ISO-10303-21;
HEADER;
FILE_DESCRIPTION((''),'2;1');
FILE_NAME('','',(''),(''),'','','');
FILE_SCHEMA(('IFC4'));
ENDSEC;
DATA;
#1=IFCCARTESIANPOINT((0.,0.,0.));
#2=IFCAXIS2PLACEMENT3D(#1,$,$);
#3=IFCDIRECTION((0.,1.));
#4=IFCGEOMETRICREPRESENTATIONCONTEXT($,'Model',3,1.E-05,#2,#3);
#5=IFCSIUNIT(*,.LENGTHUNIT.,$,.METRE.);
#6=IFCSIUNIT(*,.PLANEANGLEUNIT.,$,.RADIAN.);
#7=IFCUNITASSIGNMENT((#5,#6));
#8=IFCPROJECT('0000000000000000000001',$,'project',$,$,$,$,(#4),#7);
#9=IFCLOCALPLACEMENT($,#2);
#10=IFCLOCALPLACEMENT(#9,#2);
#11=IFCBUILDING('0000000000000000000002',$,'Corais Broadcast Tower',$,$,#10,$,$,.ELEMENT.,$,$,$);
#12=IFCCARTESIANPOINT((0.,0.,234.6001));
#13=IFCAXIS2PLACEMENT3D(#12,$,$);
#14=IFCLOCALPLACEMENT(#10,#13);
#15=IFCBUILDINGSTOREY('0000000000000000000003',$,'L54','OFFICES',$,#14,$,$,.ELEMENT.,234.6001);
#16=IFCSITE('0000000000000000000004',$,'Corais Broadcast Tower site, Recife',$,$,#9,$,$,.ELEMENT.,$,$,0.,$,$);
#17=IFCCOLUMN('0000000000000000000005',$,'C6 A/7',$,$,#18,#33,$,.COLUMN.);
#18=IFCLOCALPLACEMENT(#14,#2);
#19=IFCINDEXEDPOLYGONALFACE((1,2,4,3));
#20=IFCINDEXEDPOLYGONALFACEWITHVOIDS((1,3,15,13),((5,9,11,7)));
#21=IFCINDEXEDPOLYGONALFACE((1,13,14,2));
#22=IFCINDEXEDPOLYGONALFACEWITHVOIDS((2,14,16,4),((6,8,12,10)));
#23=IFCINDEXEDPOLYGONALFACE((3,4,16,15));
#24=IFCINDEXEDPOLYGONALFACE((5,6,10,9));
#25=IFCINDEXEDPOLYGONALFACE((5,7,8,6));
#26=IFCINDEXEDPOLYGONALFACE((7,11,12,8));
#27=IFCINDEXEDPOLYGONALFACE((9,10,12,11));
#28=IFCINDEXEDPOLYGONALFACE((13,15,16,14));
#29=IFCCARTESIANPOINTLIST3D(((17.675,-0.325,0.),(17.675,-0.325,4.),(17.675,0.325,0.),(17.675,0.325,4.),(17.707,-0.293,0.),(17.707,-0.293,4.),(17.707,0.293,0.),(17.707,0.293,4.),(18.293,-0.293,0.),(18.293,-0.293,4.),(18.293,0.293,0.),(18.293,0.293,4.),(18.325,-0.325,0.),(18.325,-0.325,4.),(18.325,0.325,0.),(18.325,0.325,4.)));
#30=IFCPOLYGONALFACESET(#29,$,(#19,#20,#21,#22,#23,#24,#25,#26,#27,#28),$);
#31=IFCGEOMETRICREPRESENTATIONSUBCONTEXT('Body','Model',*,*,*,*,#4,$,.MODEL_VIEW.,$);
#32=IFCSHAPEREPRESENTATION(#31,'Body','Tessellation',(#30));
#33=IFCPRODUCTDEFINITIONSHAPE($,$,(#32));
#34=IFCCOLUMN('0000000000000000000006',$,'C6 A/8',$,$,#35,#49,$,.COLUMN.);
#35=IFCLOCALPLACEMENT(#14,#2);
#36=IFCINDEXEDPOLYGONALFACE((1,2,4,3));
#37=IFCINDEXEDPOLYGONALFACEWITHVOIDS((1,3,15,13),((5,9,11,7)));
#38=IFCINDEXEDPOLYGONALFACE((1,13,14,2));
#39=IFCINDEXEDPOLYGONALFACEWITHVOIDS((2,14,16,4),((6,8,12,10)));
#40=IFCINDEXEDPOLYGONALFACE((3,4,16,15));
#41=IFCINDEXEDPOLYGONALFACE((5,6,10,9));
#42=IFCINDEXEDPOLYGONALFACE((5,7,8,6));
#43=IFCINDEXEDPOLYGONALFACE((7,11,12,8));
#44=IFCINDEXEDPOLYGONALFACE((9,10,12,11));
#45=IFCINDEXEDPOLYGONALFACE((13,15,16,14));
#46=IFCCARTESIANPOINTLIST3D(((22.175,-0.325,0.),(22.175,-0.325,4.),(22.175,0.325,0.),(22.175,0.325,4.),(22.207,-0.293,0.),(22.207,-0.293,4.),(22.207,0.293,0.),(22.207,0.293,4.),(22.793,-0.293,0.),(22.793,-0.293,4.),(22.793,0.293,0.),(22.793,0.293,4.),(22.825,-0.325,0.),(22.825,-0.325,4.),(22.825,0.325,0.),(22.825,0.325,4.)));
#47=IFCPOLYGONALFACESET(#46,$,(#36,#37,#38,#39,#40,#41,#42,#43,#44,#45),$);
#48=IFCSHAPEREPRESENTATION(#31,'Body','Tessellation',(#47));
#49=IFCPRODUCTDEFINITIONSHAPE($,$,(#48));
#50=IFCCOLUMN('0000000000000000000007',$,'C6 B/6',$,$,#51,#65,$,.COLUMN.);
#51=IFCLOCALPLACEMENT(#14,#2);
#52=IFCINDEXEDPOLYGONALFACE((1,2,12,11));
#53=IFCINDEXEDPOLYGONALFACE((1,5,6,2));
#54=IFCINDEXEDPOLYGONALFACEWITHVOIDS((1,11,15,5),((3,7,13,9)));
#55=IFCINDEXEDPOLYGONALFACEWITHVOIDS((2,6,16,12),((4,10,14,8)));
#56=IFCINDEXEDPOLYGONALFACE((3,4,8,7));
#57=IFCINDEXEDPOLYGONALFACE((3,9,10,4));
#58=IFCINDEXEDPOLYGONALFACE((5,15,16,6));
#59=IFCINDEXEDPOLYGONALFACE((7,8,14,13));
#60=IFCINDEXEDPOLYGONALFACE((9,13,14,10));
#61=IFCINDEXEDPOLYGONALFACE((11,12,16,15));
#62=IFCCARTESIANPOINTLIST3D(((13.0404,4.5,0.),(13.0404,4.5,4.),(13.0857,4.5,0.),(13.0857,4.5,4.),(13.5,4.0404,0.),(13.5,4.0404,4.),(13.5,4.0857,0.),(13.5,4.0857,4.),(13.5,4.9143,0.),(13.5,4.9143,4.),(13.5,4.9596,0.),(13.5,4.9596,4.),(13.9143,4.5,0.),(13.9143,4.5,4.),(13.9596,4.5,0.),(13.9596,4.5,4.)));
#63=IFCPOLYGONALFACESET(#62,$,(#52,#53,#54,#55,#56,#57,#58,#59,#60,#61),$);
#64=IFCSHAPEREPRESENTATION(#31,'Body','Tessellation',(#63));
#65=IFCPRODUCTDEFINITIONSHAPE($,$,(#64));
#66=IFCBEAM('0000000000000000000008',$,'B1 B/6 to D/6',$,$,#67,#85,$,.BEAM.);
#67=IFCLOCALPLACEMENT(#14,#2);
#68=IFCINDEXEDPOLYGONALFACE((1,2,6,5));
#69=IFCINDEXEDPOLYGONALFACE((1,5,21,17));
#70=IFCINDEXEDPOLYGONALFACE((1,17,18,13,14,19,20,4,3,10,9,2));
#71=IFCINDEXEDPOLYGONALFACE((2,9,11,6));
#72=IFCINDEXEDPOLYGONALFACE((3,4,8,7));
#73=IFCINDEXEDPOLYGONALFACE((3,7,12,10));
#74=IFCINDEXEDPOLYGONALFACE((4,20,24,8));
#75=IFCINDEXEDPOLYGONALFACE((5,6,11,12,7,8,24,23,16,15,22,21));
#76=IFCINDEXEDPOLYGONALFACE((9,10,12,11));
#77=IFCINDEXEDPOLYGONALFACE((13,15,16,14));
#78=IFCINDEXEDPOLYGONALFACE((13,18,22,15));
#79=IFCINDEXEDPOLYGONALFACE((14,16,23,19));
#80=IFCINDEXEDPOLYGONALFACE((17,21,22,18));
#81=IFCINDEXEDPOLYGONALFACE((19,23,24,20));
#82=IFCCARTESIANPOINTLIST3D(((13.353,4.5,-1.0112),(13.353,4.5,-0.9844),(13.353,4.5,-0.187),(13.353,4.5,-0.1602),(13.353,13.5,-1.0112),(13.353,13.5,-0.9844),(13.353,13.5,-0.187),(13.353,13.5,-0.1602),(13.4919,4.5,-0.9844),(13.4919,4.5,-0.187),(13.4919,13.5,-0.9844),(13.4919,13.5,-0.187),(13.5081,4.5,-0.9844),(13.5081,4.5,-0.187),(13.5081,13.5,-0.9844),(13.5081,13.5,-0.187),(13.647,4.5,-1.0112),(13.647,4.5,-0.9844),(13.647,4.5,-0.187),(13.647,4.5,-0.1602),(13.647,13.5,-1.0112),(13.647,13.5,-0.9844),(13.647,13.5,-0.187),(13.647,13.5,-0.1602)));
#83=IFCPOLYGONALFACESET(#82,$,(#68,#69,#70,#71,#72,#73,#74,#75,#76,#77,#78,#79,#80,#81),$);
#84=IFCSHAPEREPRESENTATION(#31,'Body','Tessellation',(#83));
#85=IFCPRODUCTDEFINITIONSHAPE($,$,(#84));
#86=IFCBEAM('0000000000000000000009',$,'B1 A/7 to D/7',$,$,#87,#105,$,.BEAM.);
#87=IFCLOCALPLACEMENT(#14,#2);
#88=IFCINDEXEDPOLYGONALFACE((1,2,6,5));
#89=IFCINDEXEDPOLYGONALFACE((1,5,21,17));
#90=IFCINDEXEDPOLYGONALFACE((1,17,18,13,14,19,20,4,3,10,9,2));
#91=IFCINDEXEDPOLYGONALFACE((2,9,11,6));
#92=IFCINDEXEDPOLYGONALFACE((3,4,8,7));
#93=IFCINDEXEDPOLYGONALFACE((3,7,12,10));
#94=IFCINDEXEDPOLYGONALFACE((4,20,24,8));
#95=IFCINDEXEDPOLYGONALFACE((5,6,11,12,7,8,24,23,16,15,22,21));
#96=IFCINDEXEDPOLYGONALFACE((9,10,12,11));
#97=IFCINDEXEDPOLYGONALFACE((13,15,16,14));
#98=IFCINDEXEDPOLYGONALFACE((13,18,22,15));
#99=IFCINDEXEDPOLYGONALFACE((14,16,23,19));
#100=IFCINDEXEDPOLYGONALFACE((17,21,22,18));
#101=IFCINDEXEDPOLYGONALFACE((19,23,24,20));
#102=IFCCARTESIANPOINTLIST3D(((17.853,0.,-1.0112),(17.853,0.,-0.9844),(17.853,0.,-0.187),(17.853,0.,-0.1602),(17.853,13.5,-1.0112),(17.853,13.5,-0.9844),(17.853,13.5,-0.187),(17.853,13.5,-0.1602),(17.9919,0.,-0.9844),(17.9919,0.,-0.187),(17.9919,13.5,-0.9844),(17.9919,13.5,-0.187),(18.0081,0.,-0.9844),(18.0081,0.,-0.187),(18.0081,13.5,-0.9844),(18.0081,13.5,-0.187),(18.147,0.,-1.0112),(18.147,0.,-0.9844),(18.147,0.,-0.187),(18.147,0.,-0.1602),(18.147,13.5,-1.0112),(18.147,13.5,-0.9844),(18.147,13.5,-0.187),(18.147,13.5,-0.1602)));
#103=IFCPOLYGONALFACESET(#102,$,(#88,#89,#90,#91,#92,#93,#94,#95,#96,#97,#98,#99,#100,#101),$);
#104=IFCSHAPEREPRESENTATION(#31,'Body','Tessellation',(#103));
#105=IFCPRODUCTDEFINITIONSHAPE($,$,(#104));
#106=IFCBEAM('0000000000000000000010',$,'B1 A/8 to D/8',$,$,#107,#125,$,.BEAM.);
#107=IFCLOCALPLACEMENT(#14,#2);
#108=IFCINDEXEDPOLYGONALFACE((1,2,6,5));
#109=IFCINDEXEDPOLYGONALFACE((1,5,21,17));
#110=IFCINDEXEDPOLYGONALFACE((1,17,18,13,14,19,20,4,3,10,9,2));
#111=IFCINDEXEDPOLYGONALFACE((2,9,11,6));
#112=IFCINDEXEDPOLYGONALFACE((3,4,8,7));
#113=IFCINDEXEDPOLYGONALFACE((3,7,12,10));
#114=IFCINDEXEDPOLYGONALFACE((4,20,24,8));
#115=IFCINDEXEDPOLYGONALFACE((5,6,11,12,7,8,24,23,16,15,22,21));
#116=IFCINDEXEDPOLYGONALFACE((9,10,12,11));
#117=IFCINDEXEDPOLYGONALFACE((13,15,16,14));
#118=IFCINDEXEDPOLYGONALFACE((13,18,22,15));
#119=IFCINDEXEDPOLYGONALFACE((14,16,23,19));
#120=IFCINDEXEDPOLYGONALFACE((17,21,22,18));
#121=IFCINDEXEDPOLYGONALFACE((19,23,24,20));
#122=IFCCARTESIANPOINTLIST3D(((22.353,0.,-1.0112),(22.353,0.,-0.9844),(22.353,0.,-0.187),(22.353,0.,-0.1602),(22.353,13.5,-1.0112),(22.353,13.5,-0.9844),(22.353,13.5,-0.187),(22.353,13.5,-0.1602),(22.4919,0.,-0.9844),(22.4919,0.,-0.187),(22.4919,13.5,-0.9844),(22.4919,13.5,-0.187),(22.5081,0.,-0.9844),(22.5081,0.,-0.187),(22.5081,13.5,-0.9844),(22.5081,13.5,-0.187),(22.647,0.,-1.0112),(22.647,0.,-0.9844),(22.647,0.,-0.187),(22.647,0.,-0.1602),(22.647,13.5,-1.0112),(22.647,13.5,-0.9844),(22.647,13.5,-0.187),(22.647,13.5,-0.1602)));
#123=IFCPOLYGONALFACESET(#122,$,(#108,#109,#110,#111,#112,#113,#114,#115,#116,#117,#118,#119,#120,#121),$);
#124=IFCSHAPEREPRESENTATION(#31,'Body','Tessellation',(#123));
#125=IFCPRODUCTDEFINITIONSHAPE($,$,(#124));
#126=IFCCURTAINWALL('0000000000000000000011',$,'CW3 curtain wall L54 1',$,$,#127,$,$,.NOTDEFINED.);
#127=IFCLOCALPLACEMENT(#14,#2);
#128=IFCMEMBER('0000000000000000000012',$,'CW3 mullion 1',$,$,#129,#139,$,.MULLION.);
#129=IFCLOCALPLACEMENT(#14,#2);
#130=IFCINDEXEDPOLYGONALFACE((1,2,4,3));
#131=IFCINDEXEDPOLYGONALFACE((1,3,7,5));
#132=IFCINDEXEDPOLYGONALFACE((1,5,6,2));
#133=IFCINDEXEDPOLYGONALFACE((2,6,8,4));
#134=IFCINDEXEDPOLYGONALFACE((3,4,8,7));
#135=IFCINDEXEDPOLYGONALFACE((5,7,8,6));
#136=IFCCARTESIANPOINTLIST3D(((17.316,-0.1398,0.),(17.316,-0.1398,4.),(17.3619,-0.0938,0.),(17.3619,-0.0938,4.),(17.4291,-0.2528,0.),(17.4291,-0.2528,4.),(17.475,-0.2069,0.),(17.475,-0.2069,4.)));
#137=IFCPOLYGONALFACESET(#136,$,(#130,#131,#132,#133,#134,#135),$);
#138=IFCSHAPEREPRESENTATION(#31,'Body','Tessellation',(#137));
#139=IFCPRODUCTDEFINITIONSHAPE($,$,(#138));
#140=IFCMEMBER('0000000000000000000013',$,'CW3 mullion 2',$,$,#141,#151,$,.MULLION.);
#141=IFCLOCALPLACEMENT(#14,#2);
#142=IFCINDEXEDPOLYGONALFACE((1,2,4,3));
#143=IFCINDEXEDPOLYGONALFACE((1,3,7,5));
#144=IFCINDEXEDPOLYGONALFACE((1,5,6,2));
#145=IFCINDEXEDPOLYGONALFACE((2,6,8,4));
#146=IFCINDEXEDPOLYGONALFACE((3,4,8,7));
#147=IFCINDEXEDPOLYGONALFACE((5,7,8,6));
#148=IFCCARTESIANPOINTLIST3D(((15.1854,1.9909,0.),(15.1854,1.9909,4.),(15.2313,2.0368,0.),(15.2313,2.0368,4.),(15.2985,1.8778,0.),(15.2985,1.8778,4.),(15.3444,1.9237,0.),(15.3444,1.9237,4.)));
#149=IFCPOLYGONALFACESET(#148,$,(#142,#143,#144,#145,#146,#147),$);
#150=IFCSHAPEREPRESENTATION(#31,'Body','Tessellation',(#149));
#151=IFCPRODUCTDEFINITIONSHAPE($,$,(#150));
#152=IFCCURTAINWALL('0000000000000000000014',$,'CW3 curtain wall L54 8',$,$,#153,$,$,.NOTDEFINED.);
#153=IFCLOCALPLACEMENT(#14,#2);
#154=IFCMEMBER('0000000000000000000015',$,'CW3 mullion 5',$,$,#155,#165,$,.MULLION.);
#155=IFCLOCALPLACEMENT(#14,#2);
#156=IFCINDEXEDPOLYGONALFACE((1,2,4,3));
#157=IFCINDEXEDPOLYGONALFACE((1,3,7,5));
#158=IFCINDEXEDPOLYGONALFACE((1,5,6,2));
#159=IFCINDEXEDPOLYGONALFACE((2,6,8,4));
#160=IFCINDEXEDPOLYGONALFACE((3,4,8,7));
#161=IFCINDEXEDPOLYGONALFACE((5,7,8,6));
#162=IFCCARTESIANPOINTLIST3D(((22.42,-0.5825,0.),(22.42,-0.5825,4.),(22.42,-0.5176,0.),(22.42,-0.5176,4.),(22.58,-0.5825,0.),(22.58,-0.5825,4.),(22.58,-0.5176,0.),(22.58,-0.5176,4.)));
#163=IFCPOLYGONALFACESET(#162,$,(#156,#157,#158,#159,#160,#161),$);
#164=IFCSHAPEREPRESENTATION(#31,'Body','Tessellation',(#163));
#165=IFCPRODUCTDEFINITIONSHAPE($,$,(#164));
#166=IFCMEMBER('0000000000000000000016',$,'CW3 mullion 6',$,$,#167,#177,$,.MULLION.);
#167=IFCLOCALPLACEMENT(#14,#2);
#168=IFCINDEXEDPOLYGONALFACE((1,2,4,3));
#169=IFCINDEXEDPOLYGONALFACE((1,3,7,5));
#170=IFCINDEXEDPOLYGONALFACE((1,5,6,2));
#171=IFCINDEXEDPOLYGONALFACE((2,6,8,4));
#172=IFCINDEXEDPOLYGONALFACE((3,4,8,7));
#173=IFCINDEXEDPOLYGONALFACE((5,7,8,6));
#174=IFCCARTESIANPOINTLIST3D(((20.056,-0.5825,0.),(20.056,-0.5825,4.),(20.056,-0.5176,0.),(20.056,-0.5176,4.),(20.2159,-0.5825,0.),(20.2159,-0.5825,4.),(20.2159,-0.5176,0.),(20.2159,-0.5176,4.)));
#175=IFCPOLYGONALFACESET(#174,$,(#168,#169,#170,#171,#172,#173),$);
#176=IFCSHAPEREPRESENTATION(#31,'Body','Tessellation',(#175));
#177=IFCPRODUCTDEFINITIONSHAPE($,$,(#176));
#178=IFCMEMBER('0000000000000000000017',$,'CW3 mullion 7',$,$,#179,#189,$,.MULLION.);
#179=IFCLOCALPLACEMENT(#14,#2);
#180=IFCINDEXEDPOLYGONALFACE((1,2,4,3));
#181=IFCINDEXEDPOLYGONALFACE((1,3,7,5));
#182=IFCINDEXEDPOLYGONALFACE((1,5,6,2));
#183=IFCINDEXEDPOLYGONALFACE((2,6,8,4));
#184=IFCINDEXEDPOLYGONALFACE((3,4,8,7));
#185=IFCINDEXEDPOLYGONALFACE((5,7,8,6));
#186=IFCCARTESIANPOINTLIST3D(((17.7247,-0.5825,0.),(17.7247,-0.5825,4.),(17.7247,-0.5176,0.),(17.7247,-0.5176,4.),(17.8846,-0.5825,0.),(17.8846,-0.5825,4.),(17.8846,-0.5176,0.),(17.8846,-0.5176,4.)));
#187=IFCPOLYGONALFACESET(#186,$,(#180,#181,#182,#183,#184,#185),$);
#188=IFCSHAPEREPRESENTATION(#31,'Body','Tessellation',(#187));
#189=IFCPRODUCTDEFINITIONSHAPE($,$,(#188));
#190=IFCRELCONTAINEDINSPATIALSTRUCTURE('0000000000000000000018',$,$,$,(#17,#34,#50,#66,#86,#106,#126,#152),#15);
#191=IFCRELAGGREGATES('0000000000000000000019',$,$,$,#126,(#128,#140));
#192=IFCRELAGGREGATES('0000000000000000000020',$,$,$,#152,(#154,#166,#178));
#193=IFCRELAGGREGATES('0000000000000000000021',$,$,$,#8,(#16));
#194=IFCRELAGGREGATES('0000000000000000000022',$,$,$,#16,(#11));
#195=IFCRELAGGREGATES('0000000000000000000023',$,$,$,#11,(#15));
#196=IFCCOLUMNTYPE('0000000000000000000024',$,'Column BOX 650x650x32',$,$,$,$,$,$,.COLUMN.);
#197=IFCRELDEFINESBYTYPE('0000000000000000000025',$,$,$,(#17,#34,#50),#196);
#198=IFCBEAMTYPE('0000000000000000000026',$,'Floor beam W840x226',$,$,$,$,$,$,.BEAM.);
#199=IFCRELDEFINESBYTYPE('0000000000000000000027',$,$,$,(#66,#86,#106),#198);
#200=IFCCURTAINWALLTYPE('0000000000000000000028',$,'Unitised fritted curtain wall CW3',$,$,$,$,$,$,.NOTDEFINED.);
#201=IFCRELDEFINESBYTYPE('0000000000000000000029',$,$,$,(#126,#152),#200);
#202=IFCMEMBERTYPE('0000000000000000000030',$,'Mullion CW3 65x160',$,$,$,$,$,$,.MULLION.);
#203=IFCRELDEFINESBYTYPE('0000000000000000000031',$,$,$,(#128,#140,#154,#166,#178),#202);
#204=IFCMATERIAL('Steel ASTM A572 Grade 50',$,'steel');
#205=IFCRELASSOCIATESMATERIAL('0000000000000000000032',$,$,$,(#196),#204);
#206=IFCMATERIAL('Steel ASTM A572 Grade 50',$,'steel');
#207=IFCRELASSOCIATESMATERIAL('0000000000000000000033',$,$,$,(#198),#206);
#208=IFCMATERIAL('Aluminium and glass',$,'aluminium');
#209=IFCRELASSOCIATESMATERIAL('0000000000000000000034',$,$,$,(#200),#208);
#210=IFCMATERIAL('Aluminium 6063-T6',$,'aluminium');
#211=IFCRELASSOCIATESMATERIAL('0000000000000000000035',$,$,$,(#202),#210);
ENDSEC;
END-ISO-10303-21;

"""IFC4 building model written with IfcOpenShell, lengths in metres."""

from ifc_helpers import new_model, si_unit, direction, frame, origin, origin_2d, place, context, subcontext, project, spatial, rectangle, hollow_rectangle, i_section, extrude, material, material_profile, profile_set, type_object, element, aggregate, save


model = new_model("IFC4")

# Units and contexts
model_context = context("Model", 3, precision=1e-05, world=origin(), true_north=direction((0.0, 1.0)))
body_context = subcontext(model_context, "Body", "Model", "MODEL_VIEW")
ifc_project = project(units=[si_unit("LENGTHUNIT", "METRE"), si_unit("PLANEANGLEUNIT", "RADIAN")], contexts=[model_context])

# Site, building, storey
site_placement = place(None, origin())
site = spatial("IfcSite", under=ifc_project, at=site_placement, Name="Corais Broadcast Tower site, Recife", CompositionType="ELEMENT", RefElevation=0.0)
building_placement = place(site_placement, origin())
building = spatial("IfcBuilding", under=site, at=building_placement, Name="Corais Broadcast Tower", CompositionType="ELEMENT")
storey_placement = place(building_placement, frame((0.0, 0.0, 234.6001)))
storey = spatial("IfcBuildingStorey", under=building, at=storey_placement, Name="L54", Description="OFFICES", CompositionType="ELEMENT", Elevation=234.6001)

# Columns
ifc_material_1 = material(Name="Steel ASTM A572 Grade 50", Category="steel")
ifc_material_profile_1 = material_profile(ifc_material_1, hollow_rectangle(XDim=0.6499, YDim=0.6499, WallThickness=0.032, at=origin_2d()), Name="BOX 650x650x32")
ifc_profile_set_1 = profile_set([ifc_material_profile_1], Name="Steel ASTM A572 Grade 50")
column_type = type_object("IfcColumnType", Name="Column BOX 650x650x32", PredefinedType="COLUMN", material=ifc_profile_set_1)
for number, where, z_axis, x_axis, name in (
    (1, (18.0, 0.0, 0.0), (0.0, 0.0, 1.0), (1.0, 0.0, 0.0), "C6 A/7"),
    (2, (22.5, 0.0, 0.0), (0.0, 0.0, 1.0), (1.0, 0.0, 0.0), "C6 A/8"),
    (3, (13.5, 4.5, 0.0), (0.0, 0.0, 1.0), (0.707107, 0.707107, 0.0), "C6 B/6"),
):
    element("IfcColumn", number, at=place(storey_placement, frame(where, z_axis=z_axis, x_axis=x_axis)), inside=storey, type_object=column_type, Name=name, PredefinedType="COLUMN", context=body_context, shape_type="SweptSolid", body=[
        extrude(hollow_rectangle(XDim=0.6499, YDim=0.6499, WallThickness=0.032, at=origin_2d()), origin(), (0.0, 0.0, 1.0), 4.0),
    ])

# Beams
ifc_material_2 = material(Name="Steel ASTM A572 Grade 50", Category="steel")
ifc_material_profile_2 = material_profile(ifc_material_2, i_section(OverallWidth=0.2939, OverallDepth=0.8511, WebThickness=0.0161, FlangeThickness=0.0269, at=origin_2d()), Name="W840x226")
ifc_profile_set_2 = profile_set([ifc_material_profile_2], Name="Steel ASTM A572 Grade 50")
beam_type_1 = type_object("IfcBeamType", Name="Floor beam W840x226", PredefinedType="BEAM", material=ifc_profile_set_2)
beam_1_placement = place(storey_placement, frame((13.5, 4.5, -0.5857), z_axis=(0.0, 1.0, 0.0), x_axis=(-1.0, 0.0, 0.0)))
element("IfcBeam", 4, at=beam_1_placement, inside=storey, type_object=beam_type_1, Name="B1 B/6 to D/6", PredefinedType="BEAM", context=body_context, shape_type="SweptSolid", body=[
    extrude(i_section(OverallWidth=0.2939, OverallDepth=0.8511, WebThickness=0.0161, FlangeThickness=0.0269, at=origin_2d()), origin(), (0.0, 0.0, 1.0), 9.0),
])
for number, where, z_axis, x_axis, name in (
    (5, (18.0, 0.0, -0.5857), (0.0, 1.0, 0.0), (-1.0, 0.0, 0.0), "B1 A/7 to D/7"),
    (6, (22.5, 0.0, -0.5857), (0.0, 1.0, 0.0), (-1.0, 0.0, 0.0), "B1 A/8 to D/8"),
):
    element("IfcBeam", number, at=place(storey_placement, frame(where, z_axis=z_axis, x_axis=x_axis)), inside=storey, type_object=beam_type_1, Name=name, PredefinedType="BEAM", context=body_context, shape_type="SweptSolid", body=[
        extrude(i_section(OverallWidth=0.2939, OverallDepth=0.8511, WebThickness=0.0161, FlangeThickness=0.0269, at=origin_2d()), origin(), (0.0, 0.0, 1.0), 13.5),
    ])

# Curtain walls, members
ifc_material_3 = material(Name="Aluminium and glass", Category="aluminium")
curtain_wall_type = type_object("IfcCurtainWallType", Name="Unitised fritted curtain wall CW3", PredefinedType="NOTDEFINED", material=ifc_material_3)
curtain_wall_1_placement = place(storey_placement, origin())
curtain_wall_1 = element("IfcCurtainWall", 7, at=curtain_wall_1_placement, inside=storey, type_object=curtain_wall_type, Name="CW3 curtain wall L54 1", PredefinedType="NOTDEFINED")
ifc_material_4 = material(Name="Aluminium 6063-T6", Category="aluminium")
ifc_material_profile_3 = material_profile(ifc_material_4, rectangle(XDim=0.0649, YDim=0.1599, at=origin_2d()), Name="Mullion CW3 65x160")
ifc_profile_set_3 = profile_set([ifc_material_profile_3], Name="Aluminium 6063-T6")
member_type_1 = type_object("IfcMemberType", Name="Mullion CW3 65x160", PredefinedType="MULLION", material=ifc_profile_set_3)
member_1_placement = place(storey_placement, frame((17.3955, -0.1733, 0.0), z_axis=(0.0, 0.0, 1.0), x_axis=(-0.707107, -0.707107, 0.0)))
member_1 = element("IfcMember", 8, at=member_1_placement, type_object=member_type_1, Name="CW3 mullion 1", PredefinedType="MULLION", context=body_context, shape_type="SweptSolid", body=[
    extrude(rectangle(XDim=0.0649, YDim=0.1599, at=origin_2d()), origin(), (0.0, 0.0, 1.0), 4.0),
])
member_2_placement = place(storey_placement, frame((15.2649, 1.9573, 0.0), z_axis=(0.0, 0.0, 1.0), x_axis=(-0.707107, -0.707107, 0.0)))
member_2 = element("IfcMember", 9, at=member_2_placement, type_object=member_type_1, Name="CW3 mullion 2", PredefinedType="MULLION", context=body_context, shape_type="SweptSolid", body=[
    extrude(rectangle(XDim=0.0649, YDim=0.1599, at=origin_2d()), origin(), (0.0, 0.0, 1.0), 4.0),
])
curtain_wall_2_placement = place(storey_placement, origin())
curtain_wall_2 = element("IfcCurtainWall", 10, at=curtain_wall_2_placement, inside=storey, type_object=curtain_wall_type, Name="CW3 curtain wall L54 8", PredefinedType="NOTDEFINED")
member_3_placement = place(storey_placement, frame((22.5, -0.55, 0.0), z_axis=(0.0, 0.0, 1.0), x_axis=(0.0, -1.0, 0.0)))
member_3 = element("IfcMember", 11, at=member_3_placement, type_object=member_type_1, Name="CW3 mullion 5", PredefinedType="MULLION", context=body_context, shape_type="SweptSolid", body=[
    extrude(rectangle(XDim=0.0649, YDim=0.1599, at=origin_2d()), origin(), (0.0, 0.0, 1.0), 4.0),
])
member_4_placement = place(storey_placement, frame((20.136, -0.55, 0.0), z_axis=(0.0, 0.0, 1.0), x_axis=(0.0, -1.0, 0.0)))
member_4 = element("IfcMember", 12, at=member_4_placement, type_object=member_type_1, Name="CW3 mullion 6", PredefinedType="MULLION", context=body_context, shape_type="SweptSolid", body=[
    extrude(rectangle(XDim=0.0649, YDim=0.1599, at=origin_2d()), origin(), (0.0, 0.0, 1.0), 4.0),
])
member_5_placement = place(storey_placement, frame((17.8047, -0.55, 0.0), z_axis=(0.0, 0.0, 1.0), x_axis=(0.0, -1.0, 0.0)))
member_5 = element("IfcMember", 13, at=member_5_placement, type_object=member_type_1, Name="CW3 mullion 7", PredefinedType="MULLION", context=body_context, shape_type="SweptSolid", body=[
    extrude(rectangle(XDim=0.0649, YDim=0.1599, at=origin_2d()), origin(), (0.0, 0.0, 1.0), 4.0),
])

aggregate(curtain_wall_1, [member_1, member_2])
aggregate(curtain_wall_2, [member_3, member_4, member_5])

save(model, "model.ifc")
